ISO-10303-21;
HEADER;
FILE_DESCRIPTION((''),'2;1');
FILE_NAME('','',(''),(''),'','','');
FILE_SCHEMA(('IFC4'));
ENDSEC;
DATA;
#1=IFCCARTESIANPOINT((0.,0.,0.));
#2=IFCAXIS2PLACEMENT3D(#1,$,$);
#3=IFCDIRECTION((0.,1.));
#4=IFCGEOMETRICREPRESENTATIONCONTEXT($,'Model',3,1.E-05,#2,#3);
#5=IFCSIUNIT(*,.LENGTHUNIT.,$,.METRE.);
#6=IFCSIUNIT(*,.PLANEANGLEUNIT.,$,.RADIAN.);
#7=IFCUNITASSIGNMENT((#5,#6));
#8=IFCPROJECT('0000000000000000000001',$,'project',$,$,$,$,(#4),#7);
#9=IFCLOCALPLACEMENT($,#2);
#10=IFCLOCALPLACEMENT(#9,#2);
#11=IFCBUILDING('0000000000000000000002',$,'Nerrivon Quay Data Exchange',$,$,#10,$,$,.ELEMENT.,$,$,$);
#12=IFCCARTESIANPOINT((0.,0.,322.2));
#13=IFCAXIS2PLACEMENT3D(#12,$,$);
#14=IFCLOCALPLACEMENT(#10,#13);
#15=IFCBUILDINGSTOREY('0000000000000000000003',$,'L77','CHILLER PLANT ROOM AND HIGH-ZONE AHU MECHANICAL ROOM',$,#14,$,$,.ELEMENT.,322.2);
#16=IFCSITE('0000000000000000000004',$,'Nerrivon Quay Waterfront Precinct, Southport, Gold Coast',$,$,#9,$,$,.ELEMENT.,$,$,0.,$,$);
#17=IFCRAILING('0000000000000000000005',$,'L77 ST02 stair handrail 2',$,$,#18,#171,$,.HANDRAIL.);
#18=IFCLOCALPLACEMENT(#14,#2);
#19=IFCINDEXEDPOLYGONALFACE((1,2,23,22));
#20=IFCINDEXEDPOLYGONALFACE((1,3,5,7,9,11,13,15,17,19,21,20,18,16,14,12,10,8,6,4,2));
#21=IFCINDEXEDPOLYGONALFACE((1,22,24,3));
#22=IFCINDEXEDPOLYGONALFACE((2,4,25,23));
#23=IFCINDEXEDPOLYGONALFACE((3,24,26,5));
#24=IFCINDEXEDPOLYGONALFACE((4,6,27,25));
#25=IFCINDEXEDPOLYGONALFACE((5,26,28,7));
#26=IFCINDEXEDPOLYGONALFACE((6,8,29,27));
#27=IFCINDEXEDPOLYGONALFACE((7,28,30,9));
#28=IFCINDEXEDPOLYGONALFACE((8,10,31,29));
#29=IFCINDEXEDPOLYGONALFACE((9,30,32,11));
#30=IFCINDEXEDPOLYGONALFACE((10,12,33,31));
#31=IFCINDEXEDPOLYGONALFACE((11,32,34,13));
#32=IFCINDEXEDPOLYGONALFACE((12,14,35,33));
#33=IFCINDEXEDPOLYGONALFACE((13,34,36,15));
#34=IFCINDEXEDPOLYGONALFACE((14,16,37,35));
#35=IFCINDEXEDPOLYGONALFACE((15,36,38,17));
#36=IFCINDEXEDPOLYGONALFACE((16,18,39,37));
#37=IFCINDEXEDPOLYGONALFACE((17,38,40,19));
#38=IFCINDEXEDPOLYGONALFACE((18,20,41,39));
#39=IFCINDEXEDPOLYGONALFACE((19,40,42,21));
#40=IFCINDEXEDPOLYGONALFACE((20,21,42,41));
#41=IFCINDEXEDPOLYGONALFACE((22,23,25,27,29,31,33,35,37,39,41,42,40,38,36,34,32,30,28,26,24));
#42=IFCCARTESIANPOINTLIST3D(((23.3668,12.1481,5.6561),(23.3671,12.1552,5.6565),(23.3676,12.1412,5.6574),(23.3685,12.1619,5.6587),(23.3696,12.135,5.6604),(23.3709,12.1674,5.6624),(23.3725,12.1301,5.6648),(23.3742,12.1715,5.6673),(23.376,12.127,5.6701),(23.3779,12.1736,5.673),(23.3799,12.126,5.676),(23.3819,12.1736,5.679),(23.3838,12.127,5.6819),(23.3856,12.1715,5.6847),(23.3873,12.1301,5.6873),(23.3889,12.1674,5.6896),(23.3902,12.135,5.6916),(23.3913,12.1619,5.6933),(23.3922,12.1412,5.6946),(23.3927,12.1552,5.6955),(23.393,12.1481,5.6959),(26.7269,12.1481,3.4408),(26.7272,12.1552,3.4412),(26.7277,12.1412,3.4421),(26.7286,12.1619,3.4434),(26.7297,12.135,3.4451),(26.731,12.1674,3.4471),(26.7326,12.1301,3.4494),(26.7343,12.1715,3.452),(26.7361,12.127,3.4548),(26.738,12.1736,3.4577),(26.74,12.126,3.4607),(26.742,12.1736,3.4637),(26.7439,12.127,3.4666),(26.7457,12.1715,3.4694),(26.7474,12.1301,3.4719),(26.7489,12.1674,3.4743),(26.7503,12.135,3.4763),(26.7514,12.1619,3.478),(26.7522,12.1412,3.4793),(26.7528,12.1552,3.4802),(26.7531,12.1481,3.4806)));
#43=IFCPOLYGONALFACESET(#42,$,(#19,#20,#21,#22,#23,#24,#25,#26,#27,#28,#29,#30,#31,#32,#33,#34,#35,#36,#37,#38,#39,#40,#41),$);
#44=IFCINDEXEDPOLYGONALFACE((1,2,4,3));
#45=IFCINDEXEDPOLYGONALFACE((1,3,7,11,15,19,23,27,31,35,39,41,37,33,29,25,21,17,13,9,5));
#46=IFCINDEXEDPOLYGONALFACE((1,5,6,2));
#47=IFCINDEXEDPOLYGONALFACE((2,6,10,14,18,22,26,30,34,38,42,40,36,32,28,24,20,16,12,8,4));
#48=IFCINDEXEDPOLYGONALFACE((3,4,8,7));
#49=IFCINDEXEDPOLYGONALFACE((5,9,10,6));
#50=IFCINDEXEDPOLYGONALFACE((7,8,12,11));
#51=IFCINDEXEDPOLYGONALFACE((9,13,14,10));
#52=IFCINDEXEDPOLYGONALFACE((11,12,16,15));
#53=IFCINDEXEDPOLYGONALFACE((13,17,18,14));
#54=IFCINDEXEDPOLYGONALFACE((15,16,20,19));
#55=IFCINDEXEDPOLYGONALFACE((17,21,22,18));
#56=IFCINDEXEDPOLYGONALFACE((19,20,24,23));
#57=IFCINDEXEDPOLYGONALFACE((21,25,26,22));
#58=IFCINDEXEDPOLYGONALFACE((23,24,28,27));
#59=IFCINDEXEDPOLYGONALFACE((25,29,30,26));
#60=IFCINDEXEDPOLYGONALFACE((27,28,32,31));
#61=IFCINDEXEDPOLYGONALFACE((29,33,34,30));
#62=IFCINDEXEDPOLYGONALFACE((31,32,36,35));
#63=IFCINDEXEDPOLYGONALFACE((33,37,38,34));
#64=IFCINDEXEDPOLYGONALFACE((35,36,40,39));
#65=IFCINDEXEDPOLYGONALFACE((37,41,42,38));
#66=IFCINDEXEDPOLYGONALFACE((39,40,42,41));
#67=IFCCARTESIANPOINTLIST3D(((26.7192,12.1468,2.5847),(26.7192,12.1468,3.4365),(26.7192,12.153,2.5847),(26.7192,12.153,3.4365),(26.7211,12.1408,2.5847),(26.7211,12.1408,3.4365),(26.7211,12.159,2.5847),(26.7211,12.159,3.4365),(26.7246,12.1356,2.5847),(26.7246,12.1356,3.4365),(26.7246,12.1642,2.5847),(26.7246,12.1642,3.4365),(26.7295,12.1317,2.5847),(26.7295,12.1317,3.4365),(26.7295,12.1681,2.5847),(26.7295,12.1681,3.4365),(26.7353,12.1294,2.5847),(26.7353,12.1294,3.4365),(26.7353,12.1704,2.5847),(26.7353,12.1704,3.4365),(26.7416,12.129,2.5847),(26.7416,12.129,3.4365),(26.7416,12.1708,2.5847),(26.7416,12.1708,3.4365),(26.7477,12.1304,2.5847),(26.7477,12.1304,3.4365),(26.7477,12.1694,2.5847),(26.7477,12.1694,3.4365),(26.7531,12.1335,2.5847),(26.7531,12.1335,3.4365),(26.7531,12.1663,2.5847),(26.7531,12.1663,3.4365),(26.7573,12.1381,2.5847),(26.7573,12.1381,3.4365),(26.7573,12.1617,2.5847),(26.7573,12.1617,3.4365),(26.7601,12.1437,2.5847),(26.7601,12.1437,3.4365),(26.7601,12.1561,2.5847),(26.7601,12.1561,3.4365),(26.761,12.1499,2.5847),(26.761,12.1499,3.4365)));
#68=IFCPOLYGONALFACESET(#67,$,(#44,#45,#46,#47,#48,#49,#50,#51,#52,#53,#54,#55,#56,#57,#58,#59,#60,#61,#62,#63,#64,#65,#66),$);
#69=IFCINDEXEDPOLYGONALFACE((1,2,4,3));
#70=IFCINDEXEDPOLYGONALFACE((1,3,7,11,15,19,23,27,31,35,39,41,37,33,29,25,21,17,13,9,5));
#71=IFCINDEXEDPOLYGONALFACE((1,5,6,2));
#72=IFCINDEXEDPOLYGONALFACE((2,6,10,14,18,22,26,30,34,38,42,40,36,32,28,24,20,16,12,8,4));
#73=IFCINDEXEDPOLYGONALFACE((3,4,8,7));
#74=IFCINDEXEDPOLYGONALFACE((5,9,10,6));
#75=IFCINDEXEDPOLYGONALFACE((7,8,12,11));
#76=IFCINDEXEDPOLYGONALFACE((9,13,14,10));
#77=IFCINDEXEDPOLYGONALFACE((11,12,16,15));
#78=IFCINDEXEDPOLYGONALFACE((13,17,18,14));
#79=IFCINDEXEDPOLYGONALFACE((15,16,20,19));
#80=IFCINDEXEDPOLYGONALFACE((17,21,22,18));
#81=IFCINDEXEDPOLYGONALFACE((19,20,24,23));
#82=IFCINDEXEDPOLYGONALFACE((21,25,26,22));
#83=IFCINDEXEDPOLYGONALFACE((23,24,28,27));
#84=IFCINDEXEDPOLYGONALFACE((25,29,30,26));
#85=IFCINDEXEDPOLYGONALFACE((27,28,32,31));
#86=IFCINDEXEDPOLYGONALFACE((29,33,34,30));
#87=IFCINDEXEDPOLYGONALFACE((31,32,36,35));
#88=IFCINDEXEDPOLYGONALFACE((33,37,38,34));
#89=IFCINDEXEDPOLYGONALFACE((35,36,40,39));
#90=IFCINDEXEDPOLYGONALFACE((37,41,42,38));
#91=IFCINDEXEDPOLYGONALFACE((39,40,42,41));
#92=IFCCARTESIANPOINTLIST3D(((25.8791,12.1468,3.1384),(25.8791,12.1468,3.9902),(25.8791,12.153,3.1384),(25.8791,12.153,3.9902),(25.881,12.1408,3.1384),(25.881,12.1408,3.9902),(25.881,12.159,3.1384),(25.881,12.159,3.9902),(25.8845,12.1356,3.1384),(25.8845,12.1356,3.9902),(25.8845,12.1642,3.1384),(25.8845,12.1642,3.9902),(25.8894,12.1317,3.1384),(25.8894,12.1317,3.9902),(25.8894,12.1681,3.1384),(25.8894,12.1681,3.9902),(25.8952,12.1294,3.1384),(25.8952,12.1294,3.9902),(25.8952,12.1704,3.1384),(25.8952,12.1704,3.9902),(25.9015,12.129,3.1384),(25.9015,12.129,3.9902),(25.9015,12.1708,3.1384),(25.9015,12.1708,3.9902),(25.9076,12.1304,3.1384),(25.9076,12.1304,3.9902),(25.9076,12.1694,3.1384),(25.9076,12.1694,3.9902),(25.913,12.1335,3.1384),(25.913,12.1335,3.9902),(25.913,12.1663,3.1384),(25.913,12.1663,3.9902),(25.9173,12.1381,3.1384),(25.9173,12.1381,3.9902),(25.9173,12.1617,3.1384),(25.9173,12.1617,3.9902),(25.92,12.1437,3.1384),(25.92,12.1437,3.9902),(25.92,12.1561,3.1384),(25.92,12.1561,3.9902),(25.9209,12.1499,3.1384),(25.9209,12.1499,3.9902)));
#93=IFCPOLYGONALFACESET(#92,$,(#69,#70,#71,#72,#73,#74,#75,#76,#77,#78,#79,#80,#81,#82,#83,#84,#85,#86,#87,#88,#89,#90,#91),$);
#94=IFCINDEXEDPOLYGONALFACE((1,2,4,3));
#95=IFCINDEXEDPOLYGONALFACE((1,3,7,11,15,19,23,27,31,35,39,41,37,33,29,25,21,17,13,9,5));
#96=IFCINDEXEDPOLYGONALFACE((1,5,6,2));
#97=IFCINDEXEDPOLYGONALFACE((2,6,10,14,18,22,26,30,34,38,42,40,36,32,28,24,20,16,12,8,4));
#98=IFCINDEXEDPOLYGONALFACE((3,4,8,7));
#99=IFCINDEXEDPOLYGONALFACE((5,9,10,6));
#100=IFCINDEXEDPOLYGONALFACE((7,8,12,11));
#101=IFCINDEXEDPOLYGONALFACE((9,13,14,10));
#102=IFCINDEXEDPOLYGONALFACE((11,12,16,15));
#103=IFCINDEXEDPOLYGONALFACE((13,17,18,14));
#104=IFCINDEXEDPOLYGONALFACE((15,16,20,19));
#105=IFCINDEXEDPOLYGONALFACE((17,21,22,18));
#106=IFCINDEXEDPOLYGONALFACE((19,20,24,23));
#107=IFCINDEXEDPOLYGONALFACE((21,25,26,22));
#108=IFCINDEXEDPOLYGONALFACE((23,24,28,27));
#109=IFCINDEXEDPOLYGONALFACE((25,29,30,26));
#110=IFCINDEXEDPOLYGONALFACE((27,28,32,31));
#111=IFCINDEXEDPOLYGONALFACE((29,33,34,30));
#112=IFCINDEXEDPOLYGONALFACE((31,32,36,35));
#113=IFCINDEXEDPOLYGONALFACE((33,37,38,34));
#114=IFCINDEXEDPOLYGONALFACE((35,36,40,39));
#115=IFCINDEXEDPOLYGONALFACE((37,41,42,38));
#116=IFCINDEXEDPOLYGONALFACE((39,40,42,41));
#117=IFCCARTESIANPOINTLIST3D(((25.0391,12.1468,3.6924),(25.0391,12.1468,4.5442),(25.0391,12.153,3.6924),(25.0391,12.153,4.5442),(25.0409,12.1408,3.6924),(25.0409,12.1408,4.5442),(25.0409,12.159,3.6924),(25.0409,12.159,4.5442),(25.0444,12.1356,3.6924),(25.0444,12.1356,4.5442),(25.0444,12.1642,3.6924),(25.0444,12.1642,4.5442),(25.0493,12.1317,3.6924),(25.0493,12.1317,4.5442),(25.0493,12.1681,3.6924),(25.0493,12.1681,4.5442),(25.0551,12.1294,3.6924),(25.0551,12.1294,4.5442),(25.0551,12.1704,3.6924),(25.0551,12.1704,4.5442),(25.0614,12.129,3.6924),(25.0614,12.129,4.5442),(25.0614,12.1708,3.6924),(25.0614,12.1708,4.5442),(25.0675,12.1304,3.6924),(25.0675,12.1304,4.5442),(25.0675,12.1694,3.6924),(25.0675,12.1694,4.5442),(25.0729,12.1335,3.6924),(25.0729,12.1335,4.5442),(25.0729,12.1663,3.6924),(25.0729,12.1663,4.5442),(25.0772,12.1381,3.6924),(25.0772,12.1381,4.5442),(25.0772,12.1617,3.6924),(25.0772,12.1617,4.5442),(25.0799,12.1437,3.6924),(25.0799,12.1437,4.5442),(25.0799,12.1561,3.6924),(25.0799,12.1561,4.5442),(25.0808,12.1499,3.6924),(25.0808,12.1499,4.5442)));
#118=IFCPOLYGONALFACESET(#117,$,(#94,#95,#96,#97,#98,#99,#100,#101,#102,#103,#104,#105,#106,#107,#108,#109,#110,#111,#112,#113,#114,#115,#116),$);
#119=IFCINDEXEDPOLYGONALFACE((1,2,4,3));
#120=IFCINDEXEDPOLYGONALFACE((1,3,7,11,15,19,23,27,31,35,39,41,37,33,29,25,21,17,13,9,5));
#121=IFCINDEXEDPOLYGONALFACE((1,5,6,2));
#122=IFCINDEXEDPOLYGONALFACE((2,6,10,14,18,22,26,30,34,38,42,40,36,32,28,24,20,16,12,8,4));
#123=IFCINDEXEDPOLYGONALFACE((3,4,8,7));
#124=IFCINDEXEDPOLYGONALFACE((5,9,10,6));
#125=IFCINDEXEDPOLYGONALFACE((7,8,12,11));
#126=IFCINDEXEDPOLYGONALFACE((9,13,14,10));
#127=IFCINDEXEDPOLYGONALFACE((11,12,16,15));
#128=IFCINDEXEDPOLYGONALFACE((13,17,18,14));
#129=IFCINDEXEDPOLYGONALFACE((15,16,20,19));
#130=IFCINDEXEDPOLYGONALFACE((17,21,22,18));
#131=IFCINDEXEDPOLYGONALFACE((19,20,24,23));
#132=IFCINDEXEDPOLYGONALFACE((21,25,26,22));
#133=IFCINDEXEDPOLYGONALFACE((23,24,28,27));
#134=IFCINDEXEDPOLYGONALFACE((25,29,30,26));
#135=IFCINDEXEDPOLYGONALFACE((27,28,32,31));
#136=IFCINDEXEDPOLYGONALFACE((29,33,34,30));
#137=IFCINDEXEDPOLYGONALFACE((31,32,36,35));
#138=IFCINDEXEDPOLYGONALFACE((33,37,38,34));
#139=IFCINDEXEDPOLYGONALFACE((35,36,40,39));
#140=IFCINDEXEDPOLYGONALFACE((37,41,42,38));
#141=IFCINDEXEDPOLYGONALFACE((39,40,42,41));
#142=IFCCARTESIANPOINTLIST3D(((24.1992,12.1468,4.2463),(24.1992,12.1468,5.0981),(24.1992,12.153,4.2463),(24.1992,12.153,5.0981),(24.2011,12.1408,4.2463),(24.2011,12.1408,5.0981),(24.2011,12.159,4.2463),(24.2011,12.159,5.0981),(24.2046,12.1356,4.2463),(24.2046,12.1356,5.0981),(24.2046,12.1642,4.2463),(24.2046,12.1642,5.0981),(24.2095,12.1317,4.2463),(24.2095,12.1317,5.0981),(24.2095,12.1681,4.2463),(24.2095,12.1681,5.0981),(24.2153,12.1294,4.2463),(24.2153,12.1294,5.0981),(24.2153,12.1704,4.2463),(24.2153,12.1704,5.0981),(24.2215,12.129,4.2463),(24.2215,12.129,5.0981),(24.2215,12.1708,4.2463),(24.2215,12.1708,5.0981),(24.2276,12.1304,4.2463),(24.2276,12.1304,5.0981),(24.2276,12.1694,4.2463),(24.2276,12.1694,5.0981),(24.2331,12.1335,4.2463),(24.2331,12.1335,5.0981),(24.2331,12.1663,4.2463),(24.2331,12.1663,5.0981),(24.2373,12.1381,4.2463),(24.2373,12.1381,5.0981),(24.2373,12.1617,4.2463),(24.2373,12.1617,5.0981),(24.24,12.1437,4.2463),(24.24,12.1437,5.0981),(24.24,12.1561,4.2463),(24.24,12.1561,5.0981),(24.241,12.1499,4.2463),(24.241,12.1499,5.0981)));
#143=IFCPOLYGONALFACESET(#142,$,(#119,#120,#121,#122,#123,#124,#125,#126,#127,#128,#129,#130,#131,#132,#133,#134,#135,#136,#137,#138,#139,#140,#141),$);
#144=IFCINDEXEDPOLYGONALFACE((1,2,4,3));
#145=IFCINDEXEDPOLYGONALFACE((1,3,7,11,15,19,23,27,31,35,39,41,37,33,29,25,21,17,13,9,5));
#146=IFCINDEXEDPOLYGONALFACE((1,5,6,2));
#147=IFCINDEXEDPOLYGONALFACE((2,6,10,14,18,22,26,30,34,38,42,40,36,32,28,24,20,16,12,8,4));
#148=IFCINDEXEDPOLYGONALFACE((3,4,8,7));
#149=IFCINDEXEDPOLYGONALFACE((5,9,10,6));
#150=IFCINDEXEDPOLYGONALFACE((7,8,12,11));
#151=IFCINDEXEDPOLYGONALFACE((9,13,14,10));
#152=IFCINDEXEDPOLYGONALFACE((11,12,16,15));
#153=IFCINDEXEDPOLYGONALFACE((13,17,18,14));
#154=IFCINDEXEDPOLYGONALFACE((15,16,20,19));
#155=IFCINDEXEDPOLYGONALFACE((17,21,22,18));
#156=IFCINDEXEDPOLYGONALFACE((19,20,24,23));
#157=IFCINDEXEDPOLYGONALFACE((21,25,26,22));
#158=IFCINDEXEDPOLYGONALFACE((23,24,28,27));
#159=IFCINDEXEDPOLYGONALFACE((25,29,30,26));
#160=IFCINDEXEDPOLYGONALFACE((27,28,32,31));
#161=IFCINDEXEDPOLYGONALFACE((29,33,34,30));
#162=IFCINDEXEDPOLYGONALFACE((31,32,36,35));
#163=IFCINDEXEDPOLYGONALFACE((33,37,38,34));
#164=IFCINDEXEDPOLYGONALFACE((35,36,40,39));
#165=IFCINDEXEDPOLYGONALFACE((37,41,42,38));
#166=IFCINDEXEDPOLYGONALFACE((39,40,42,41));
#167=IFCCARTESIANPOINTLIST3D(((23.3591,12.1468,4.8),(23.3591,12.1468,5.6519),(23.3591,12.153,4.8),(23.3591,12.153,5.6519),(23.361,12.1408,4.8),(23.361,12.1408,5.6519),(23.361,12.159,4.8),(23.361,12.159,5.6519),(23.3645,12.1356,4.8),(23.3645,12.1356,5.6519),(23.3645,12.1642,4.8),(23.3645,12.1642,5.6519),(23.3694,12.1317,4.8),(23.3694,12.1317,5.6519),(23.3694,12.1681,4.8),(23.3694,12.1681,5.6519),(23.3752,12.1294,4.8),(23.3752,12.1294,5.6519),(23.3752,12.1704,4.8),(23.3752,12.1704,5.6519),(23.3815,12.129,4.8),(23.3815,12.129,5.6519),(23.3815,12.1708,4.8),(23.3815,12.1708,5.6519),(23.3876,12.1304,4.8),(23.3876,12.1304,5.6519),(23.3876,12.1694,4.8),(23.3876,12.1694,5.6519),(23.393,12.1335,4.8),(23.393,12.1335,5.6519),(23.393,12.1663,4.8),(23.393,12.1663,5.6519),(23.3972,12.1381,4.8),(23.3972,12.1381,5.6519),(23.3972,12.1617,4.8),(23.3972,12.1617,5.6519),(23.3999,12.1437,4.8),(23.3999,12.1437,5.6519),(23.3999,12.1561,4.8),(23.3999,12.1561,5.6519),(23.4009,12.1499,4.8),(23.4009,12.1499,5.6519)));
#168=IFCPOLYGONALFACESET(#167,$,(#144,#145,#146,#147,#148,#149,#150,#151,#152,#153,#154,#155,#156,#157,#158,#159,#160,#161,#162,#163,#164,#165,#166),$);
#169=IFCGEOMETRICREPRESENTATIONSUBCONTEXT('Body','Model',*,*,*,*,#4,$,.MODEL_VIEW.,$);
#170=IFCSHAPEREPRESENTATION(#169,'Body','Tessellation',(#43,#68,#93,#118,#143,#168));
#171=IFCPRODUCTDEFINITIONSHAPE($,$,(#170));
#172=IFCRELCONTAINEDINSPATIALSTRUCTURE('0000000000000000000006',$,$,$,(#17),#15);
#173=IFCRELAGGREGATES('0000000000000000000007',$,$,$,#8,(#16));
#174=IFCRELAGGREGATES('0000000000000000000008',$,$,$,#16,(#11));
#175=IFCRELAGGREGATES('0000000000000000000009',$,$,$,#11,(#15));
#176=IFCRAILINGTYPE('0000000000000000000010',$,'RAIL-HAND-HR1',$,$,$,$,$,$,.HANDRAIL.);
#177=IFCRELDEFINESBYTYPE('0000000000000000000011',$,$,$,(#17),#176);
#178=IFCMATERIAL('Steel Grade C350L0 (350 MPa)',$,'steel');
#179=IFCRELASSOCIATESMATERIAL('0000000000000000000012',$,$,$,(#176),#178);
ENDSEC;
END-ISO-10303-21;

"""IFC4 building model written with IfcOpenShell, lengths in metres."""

from ifc_helpers import new_model, si_unit, direction, frame, origin, origin_2d, place, context, subcontext, project, spatial, circle, extrude, material, type_object, element, save


model = new_model("IFC4")

# Units and contexts
model_context = context("Model", 3, precision=1e-05, world=origin(), true_north=direction((0.0, 1.0)))
body_context = subcontext(model_context, "Body", "Model", "MODEL_VIEW")
ifc_project = project(units=[si_unit("LENGTHUNIT", "METRE"), si_unit("PLANEANGLEUNIT", "RADIAN")], contexts=[model_context])

# Site, building, storey
site_placement = place(None, origin())
site = spatial("IfcSite", under=ifc_project, at=site_placement, Name="Nerrivon Quay Waterfront Precinct, Southport, Gold Coast", CompositionType="ELEMENT", RefElevation=0.0)
building_placement = place(site_placement, origin())
building = spatial("IfcBuilding", under=site, at=building_placement, Name="Nerrivon Quay Data Exchange", CompositionType="ELEMENT")
storey_placement = place(building_placement, frame((0.0, 0.0, 322.2)))
storey = spatial("IfcBuildingStorey", under=building, at=storey_placement, Name="L77", Description="CHILLER PLANT ROOM AND HIGH-ZONE AHU MECHANICAL ROOM", CompositionType="ELEMENT", Elevation=322.2)

# Railing
ifc_material_1 = material(Name="Steel Grade C350L0 (350 MPa)", Category="steel")
railing_type_1 = type_object("IfcRailingType", Name="RAIL-HAND-HR1", PredefinedType="HANDRAIL", material=ifc_material_1)
railing_1_placement = place(storey_placement, frame((26.74, 12.1499, 2.5847)))
element("IfcRailing", 1, at=railing_1_placement, inside=storey, type_object=railing_type_1, Name="L77 ST02 stair handrail 2", PredefinedType="HANDRAIL", context=body_context, shape_type="SweptSolid", body=[
    extrude(circle(Radius=0.0239, at=origin_2d()), frame((0.0, 0.0, 0.876), z_axis=(-0.834876, 0.0, 0.550437), x_axis=(0.0, -1.0, 0.0)), (0.0, 0.0, 1.0), 4.0247),
    extrude(circle(Radius=0.021, at=origin_2d()), origin(), (0.0, 0.0, 1.0), 0.8518),
    extrude(circle(Radius=0.021, at=origin_2d()), frame((-0.8401, 0.0, 0.5537)), (0.0, 0.0, 1.0), 0.8518),
    extrude(circle(Radius=0.021, at=origin_2d()), frame((-1.6802, 0.0, 1.1077)), (0.0, 0.0, 1.0), 0.8518),
    extrude(circle(Radius=0.021, at=origin_2d()), frame((-2.52, 0.0, 1.6616)), (0.0, 0.0, 1.0), 0.8518),
    extrude(circle(Radius=0.021, at=origin_2d()), frame((-3.3601, 0.0, 2.2153)), (0.0, 0.0, 1.0), 0.8518),
])

save(model, "model.ifc")
